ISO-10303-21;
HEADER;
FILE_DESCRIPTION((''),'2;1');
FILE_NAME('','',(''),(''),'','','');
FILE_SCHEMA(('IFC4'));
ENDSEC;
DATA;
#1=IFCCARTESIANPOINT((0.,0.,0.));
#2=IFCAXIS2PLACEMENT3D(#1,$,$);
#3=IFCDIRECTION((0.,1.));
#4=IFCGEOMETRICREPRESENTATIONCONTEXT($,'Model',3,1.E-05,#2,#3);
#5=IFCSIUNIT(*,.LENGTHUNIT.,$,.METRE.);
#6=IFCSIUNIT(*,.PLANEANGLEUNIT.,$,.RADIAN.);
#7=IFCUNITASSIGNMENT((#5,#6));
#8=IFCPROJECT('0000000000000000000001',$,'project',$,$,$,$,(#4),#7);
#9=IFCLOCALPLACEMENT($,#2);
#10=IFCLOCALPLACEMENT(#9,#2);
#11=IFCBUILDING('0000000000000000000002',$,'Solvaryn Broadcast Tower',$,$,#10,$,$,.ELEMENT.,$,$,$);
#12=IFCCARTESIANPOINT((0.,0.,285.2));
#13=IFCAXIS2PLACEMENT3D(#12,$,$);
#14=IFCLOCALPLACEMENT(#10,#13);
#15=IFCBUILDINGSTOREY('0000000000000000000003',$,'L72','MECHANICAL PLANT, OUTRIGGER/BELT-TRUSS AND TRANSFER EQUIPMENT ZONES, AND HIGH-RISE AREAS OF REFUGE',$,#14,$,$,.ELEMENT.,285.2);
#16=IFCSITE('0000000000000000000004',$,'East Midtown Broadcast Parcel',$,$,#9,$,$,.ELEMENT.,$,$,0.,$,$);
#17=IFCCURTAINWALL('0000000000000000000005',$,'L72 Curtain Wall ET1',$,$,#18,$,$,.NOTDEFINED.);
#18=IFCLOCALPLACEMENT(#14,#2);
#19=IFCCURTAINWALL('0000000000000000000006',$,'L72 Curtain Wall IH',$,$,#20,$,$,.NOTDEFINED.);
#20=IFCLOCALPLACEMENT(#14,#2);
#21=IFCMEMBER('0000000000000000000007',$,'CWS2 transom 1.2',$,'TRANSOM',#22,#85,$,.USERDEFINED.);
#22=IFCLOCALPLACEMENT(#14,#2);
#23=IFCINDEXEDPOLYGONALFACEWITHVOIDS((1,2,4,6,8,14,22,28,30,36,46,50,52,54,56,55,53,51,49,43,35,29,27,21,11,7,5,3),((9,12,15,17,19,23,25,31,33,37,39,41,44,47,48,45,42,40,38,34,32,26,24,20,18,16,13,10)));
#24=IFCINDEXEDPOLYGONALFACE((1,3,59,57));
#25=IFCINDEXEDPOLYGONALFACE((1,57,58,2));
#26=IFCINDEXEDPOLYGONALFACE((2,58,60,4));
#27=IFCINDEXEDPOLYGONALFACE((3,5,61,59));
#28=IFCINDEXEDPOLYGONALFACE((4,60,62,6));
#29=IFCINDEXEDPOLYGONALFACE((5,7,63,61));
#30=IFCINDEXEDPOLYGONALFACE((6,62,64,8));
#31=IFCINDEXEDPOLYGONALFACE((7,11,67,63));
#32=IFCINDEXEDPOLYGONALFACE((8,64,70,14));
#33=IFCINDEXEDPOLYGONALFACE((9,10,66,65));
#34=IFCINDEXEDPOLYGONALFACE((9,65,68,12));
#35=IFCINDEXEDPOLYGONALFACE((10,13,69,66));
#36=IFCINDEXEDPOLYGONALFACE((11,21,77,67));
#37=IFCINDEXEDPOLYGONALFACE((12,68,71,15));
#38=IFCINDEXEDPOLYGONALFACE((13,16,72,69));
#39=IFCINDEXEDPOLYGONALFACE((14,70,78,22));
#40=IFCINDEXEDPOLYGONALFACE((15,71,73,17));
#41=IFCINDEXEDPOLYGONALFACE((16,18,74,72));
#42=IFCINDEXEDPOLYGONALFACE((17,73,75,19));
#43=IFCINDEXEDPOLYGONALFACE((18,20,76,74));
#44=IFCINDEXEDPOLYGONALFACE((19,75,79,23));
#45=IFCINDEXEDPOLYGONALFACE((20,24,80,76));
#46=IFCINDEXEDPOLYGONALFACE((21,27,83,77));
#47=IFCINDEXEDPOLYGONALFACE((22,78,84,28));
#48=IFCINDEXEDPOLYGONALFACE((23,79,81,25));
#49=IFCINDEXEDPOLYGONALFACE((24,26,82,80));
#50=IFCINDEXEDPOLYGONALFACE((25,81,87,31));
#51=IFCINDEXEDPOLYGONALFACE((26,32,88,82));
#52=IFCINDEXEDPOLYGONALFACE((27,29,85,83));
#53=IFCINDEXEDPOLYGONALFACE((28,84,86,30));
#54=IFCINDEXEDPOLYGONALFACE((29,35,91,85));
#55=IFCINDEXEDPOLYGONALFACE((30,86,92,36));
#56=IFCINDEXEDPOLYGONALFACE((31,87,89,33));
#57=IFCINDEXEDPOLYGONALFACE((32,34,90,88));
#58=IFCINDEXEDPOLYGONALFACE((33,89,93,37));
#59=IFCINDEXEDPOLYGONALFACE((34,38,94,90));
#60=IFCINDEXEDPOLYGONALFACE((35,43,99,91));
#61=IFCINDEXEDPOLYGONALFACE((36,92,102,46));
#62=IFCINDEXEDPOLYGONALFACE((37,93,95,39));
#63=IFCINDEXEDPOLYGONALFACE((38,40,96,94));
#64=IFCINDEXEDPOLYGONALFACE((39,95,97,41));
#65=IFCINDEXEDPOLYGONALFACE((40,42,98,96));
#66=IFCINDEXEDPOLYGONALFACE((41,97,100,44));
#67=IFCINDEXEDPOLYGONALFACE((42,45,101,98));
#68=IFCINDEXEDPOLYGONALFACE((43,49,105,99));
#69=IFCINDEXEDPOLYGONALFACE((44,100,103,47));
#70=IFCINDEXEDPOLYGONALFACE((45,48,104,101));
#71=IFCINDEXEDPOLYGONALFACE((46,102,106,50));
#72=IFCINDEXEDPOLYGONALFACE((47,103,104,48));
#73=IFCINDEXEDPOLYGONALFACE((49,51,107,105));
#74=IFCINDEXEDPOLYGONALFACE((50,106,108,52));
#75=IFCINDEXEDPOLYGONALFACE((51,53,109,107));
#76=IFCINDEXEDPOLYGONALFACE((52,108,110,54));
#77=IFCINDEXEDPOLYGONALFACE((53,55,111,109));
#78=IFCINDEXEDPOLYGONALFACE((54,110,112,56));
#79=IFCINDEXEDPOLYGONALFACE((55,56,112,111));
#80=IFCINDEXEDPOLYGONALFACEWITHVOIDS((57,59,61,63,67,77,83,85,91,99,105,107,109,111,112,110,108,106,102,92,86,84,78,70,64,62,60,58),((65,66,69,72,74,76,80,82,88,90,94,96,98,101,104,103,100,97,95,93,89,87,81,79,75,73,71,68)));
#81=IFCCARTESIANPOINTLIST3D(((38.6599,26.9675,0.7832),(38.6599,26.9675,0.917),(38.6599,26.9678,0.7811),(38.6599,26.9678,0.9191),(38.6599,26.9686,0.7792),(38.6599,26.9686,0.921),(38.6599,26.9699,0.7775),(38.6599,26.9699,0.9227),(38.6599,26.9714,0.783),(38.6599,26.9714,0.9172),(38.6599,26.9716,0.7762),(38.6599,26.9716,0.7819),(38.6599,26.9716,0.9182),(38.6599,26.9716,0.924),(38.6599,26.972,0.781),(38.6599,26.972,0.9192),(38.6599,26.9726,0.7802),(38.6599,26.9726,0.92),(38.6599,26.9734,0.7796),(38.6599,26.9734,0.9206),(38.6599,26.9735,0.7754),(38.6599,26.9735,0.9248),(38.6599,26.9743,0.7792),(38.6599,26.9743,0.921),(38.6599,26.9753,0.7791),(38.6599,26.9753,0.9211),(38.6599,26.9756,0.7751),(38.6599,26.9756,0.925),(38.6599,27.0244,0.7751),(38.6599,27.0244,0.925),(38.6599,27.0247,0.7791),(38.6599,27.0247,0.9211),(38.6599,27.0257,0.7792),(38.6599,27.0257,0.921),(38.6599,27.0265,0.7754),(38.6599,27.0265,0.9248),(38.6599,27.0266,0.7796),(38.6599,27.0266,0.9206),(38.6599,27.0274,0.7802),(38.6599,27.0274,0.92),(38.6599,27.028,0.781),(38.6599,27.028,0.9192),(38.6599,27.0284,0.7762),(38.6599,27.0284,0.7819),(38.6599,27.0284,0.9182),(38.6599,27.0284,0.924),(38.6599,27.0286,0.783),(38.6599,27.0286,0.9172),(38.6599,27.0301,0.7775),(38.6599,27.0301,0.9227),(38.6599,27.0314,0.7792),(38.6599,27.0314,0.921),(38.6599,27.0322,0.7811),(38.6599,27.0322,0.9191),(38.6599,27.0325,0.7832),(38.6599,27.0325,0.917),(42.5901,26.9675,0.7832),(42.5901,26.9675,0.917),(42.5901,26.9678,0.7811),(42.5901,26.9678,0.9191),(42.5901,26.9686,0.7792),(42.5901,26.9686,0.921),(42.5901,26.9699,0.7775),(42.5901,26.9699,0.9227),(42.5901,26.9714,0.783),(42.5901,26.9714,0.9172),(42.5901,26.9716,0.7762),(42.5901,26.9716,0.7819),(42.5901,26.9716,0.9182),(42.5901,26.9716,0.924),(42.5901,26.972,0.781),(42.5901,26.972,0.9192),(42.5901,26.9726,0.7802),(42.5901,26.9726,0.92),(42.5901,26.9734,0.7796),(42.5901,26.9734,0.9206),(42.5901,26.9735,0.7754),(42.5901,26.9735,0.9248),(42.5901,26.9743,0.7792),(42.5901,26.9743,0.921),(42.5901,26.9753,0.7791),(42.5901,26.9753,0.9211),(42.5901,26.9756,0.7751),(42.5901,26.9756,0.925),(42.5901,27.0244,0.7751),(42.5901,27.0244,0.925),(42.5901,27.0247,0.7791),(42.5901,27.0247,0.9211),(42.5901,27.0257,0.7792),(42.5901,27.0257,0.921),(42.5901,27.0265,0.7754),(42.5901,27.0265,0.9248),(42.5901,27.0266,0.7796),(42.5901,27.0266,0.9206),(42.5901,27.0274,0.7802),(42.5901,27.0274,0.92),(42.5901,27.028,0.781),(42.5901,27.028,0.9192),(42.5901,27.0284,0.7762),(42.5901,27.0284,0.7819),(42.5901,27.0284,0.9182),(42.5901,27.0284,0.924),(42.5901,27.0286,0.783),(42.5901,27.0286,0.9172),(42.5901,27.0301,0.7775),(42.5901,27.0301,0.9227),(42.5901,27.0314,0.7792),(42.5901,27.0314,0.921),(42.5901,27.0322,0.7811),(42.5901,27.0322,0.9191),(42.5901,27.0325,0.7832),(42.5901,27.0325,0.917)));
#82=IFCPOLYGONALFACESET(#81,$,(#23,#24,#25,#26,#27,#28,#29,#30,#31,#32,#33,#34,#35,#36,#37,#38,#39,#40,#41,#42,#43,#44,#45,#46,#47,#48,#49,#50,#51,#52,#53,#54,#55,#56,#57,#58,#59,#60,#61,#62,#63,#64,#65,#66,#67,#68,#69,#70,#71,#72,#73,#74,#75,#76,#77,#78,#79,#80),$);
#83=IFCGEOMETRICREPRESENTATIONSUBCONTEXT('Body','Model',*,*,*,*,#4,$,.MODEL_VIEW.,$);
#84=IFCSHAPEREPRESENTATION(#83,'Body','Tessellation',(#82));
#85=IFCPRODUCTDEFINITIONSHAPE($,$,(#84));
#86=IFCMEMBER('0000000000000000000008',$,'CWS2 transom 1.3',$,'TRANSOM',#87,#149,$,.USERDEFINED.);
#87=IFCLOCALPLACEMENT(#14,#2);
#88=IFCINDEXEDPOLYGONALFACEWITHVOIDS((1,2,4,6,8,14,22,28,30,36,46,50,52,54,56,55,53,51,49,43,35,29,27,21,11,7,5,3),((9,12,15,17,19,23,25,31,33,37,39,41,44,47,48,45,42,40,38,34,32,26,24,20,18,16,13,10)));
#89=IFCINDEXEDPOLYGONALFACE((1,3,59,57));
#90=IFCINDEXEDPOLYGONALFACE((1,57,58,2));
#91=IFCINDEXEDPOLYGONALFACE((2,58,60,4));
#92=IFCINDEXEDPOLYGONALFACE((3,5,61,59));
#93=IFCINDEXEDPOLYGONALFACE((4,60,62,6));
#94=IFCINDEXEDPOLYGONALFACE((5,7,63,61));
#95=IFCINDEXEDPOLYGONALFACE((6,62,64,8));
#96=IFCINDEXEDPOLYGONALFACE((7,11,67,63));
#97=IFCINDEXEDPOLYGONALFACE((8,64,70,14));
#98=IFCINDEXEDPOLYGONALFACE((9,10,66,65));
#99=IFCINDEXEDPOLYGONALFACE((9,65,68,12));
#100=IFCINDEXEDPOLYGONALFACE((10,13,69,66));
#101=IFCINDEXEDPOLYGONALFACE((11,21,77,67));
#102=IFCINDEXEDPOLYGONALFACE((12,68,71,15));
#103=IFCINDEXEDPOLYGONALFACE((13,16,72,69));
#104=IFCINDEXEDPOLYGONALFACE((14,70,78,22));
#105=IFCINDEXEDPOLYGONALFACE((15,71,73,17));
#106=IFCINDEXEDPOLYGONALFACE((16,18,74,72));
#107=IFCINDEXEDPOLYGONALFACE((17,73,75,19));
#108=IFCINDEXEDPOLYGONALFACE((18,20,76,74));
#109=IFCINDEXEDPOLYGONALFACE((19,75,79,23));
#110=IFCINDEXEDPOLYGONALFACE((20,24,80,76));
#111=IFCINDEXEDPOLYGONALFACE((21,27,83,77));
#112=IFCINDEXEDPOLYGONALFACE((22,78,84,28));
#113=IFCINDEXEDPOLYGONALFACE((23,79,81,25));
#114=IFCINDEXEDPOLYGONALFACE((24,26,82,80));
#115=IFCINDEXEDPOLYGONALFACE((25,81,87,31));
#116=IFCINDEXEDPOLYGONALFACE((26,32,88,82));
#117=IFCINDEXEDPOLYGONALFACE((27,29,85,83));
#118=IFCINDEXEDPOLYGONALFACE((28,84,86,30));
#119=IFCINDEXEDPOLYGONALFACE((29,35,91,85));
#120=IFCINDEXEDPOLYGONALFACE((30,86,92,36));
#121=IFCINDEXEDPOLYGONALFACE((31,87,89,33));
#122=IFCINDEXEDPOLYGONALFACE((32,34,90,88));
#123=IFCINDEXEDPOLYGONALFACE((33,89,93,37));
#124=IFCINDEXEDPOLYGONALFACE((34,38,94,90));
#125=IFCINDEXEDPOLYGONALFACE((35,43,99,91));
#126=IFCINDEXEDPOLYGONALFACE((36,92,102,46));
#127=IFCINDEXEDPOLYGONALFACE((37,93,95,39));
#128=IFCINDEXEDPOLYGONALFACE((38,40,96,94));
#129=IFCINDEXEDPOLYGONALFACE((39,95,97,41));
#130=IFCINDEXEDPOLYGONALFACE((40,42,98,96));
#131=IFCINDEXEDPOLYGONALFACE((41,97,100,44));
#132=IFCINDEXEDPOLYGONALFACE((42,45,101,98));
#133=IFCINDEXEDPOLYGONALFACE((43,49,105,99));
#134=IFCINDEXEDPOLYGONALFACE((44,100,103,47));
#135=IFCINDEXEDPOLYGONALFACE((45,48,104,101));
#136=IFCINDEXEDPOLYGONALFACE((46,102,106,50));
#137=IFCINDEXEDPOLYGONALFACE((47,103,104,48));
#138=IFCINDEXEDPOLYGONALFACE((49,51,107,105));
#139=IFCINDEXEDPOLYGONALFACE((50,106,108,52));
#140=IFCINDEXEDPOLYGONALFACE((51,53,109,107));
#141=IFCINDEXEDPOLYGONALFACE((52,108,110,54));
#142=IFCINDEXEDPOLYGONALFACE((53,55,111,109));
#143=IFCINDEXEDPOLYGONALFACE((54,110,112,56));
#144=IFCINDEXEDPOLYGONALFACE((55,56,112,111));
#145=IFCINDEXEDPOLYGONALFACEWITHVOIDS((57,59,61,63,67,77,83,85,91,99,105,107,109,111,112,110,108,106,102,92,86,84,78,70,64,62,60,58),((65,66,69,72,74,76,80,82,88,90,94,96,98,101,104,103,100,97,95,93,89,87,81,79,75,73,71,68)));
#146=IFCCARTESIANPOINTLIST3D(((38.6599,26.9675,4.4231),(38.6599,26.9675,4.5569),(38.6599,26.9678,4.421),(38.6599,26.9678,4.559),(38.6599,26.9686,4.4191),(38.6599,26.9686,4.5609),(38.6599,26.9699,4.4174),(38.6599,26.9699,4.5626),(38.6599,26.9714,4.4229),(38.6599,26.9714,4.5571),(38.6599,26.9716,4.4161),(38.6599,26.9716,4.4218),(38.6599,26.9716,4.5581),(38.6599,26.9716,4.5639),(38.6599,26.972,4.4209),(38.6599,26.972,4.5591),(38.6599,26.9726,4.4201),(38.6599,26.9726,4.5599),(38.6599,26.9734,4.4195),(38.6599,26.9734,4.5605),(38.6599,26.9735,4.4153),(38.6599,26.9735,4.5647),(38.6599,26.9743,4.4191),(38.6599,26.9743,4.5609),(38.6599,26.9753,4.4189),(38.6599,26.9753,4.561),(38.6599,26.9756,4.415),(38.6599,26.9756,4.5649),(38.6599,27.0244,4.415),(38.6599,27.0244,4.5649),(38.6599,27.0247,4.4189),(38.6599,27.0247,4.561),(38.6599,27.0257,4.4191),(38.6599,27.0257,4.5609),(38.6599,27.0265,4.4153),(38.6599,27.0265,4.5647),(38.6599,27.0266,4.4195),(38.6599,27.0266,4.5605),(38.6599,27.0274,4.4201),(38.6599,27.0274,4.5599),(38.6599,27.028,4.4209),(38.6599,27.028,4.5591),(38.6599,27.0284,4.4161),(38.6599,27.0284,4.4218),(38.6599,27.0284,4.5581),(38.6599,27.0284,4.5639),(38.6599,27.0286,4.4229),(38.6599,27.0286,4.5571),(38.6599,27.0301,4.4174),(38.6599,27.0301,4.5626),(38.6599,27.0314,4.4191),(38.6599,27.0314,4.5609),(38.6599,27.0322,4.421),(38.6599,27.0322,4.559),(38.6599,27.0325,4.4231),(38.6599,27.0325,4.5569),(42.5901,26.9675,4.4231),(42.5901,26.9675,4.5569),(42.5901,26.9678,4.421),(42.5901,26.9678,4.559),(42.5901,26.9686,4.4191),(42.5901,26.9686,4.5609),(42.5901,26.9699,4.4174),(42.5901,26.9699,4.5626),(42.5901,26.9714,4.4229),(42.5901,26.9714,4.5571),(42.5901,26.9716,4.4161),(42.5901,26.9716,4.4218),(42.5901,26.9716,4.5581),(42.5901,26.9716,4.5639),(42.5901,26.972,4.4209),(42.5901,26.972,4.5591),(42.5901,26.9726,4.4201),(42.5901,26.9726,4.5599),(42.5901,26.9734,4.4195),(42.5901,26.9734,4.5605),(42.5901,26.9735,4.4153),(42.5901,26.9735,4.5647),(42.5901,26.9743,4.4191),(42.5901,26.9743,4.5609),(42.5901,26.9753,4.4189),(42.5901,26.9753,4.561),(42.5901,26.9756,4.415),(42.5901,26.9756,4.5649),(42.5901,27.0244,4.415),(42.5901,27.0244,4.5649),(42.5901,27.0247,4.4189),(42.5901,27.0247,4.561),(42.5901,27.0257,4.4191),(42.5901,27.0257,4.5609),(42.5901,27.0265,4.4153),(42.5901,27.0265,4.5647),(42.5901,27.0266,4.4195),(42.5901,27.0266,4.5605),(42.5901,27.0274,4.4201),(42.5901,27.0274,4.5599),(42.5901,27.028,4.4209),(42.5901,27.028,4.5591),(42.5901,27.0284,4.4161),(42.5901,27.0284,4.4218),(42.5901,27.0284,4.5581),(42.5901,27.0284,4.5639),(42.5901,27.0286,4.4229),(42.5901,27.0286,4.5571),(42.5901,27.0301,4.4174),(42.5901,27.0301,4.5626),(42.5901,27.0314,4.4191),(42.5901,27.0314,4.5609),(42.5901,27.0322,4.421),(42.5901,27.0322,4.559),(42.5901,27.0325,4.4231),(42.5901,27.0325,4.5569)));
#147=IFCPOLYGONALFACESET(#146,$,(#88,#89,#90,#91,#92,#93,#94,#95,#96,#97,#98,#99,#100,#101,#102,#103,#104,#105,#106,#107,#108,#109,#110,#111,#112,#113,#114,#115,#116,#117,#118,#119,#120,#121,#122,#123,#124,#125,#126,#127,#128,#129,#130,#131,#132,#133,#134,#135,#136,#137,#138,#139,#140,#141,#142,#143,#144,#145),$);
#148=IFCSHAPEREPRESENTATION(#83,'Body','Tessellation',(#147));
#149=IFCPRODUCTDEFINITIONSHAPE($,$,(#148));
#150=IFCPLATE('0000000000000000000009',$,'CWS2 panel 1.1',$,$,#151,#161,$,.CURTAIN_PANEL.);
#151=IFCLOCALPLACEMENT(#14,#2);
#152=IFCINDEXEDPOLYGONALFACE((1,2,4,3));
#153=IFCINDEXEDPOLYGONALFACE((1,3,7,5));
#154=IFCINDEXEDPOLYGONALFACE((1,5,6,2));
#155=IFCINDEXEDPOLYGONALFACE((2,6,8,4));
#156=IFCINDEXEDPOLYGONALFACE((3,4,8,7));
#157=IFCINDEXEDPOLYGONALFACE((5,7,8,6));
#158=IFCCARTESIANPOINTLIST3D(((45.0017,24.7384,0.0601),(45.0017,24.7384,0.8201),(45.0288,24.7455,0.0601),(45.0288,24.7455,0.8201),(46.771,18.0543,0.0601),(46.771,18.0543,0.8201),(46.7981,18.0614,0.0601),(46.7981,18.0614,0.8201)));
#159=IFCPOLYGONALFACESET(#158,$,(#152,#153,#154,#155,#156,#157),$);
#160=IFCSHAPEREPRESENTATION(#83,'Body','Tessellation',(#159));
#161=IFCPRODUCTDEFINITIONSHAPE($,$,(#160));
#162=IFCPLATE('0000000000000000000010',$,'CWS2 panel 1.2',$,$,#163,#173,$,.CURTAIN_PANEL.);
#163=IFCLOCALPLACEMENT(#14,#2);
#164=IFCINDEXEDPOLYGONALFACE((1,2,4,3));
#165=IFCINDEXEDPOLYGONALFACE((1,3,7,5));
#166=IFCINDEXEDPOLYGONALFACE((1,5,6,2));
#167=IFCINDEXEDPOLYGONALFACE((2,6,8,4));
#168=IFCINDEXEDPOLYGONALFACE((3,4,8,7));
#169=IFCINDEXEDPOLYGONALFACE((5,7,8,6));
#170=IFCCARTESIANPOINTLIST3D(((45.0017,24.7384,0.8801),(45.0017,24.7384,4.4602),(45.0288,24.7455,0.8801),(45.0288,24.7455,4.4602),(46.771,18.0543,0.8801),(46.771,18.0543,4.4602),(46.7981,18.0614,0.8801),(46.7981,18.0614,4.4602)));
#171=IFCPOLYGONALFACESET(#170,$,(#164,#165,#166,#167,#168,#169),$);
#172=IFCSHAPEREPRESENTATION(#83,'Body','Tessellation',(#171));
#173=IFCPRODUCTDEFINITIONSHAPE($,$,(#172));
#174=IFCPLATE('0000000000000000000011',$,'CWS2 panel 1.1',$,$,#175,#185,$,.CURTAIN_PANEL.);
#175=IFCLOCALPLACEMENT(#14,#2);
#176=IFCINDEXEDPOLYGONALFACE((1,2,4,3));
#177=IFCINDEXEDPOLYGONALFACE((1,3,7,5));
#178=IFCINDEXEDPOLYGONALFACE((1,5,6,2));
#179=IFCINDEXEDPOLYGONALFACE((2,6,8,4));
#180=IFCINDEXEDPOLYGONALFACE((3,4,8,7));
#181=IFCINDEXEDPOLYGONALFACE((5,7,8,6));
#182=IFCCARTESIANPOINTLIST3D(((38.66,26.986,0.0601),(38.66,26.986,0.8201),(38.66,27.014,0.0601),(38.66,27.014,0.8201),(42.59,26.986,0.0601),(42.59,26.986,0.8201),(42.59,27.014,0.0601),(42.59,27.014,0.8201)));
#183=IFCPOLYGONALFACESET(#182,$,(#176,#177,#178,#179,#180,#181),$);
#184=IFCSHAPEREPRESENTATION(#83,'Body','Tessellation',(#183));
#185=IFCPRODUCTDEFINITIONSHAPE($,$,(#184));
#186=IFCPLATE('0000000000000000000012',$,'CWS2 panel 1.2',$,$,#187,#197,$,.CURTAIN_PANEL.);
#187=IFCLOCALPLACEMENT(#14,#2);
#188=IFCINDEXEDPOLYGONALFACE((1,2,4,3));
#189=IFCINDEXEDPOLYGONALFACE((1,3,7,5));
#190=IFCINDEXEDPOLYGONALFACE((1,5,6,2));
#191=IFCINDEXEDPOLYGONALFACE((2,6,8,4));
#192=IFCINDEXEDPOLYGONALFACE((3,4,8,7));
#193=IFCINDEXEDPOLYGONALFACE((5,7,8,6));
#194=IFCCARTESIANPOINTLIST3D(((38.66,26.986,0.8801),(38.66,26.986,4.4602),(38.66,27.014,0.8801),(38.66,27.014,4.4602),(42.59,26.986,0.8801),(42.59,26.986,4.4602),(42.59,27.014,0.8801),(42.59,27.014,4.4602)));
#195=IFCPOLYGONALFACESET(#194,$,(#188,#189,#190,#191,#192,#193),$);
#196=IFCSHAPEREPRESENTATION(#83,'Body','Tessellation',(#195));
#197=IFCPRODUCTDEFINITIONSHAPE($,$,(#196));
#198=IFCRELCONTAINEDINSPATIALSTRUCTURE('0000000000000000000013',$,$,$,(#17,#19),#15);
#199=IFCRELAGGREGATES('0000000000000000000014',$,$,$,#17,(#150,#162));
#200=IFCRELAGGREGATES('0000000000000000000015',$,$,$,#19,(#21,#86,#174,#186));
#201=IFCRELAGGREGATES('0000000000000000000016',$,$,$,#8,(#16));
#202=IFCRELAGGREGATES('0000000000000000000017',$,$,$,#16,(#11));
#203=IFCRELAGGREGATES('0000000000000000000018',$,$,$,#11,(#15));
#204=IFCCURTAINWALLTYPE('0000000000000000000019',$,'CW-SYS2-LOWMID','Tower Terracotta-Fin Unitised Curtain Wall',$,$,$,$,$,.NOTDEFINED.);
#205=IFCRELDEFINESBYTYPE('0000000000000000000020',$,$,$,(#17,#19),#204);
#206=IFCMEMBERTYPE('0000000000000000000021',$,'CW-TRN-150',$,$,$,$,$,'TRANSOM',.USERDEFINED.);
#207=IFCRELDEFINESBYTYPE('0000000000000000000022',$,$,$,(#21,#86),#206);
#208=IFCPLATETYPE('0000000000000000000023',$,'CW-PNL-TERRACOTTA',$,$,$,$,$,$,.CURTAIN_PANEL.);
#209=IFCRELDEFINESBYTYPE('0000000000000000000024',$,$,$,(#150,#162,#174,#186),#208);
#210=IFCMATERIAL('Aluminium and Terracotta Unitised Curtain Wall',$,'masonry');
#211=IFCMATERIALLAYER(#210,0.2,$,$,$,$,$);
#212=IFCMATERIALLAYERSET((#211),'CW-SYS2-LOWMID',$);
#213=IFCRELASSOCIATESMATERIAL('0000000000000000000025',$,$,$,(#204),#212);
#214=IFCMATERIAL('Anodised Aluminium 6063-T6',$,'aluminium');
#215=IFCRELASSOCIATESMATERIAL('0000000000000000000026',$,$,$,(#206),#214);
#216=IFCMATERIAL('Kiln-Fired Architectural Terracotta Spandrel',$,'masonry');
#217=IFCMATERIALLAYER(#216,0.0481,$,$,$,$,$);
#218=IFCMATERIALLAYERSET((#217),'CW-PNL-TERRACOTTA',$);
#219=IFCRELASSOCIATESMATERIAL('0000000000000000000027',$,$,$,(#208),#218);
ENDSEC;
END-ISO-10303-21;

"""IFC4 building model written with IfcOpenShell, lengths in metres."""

from ifc_helpers import new_model, si_unit, direction, frame, origin, origin_2d, place, context, subcontext, project, spatial, rectangle, hollow_rectangle, extrude, material, layer, layer_set, material_profile, profile_set, type_object, element, aggregate, save


model = new_model("IFC4")

# Units and contexts
model_context = context("Model", 3, precision=1e-05, world=origin(), true_north=direction((0.0, 1.0)))
body_context = subcontext(model_context, "Body", "Model", "MODEL_VIEW")
ifc_project = project(units=[si_unit("LENGTHUNIT", "METRE"), si_unit("PLANEANGLEUNIT", "RADIAN")], contexts=[model_context])

# Site, building, storey
site_placement = place(None, origin())
site = spatial("IfcSite", under=ifc_project, at=site_placement, Name="East Midtown Broadcast Parcel", CompositionType="ELEMENT", RefElevation=0.0)
building_placement = place(site_placement, origin())
building = spatial("IfcBuilding", under=site, at=building_placement, Name="Solvaryn Broadcast Tower", CompositionType="ELEMENT")
storey_placement = place(building_placement, frame((0.0, 0.0, 285.2)))
storey = spatial("IfcBuildingStorey", under=building, at=storey_placement, Name="L72", Description="MECHANICAL PLANT, OUTRIGGER/BELT-TRUSS AND TRANSFER EQUIPMENT ZONES, AND HIGH-RISE AREAS OF REFUGE", CompositionType="ELEMENT", Elevation=285.2)

# Curtain wall
ifc_material_1 = material(Name="Aluminium and Terracotta Unitised Curtain Wall", Category="masonry")
ifc_layer_1 = layer(ifc_material_1, 0.2)
ifc_layer_set_1 = layer_set([ifc_layer_1], Name="CW-SYS2-LOWMID")
curtain_wall_type = type_object("IfcCurtainWallType", Name="CW-SYS2-LOWMID", Description="Tower Terracotta-Fin Unitised Curtain Wall", PredefinedType="NOTDEFINED", material=ifc_layer_set_1)
curtain_wall_1_placement = place(storey_placement, origin())
curtain_wall_1 = element("IfcCurtainWall", 1, at=curtain_wall_1_placement, inside=storey, type_object=curtain_wall_type, Name="L72 Curtain Wall ET1", PredefinedType="NOTDEFINED")

# Curtain wall
curtain_wall_2_placement = place(storey_placement, origin())
curtain_wall_2 = element("IfcCurtainWall", 2, at=curtain_wall_2_placement, inside=storey, type_object=curtain_wall_type, Name="L72 Curtain Wall IH", PredefinedType="NOTDEFINED")

# Members
ifc_material_2 = material(Name="Anodised Aluminium 6063-T6", Category="aluminium")
ifc_material_profile_1 = material_profile(ifc_material_2, hollow_rectangle(XDim=0.0649, YDim=0.1499, WallThickness=0.0039, InnerFilletRadius=0.0039, OuterFilletRadius=0.0081, at=origin_2d()))
ifc_profile_set_1 = profile_set([ifc_material_profile_1], Name="Anodised Aluminium 6063-T6")
member_type_1 = type_object("IfcMemberType", Name="CW-TRN-150", ElementType="TRANSOM", PredefinedType="USERDEFINED", material=ifc_profile_set_1)
member_1_placement = place(storey_placement, frame((38.6599, 27.0, 0.8501), z_axis=(1.0, 0.0, 0.0), x_axis=(0.0, 1.0, 0.0)))
member_1 = element("IfcMember", 3, at=member_1_placement, type_object=member_type_1, Name="CWS2 transom 1.2", ObjectType="TRANSOM", PredefinedType="USERDEFINED", context=body_context, shape_type="SweptSolid", body=[
    extrude(hollow_rectangle(XDim=0.0649, YDim=0.1499, WallThickness=0.0039, InnerFilletRadius=0.0039, OuterFilletRadius=0.0081, at=origin_2d()), origin(), (0.0, 0.0, 1.0), 3.9302),
])
member_2_placement = place(storey_placement, frame((38.6599, 27.0, 4.49), z_axis=(1.0, 0.0, 0.0), x_axis=(0.0, 1.0, 0.0)))
member_2 = element("IfcMember", 4, at=member_2_placement, type_object=member_type_1, Name="CWS2 transom 1.3", ObjectType="TRANSOM", PredefinedType="USERDEFINED", context=body_context, shape_type="SweptSolid", body=[
    extrude(hollow_rectangle(XDim=0.0649, YDim=0.1499, WallThickness=0.0039, InnerFilletRadius=0.0039, OuterFilletRadius=0.0081, at=origin_2d()), origin(), (0.0, 0.0, 1.0), 3.9302),
])

# Plates
ifc_material_3 = material(Name="Kiln-Fired Architectural Terracotta Spandrel", Category="masonry")
ifc_layer_2 = layer(ifc_material_3, 0.0481)
ifc_layer_set_2 = layer_set([ifc_layer_2], Name="CW-PNL-TERRACOTTA")
plate_type = type_object("IfcPlateType", Name="CW-PNL-TERRACOTTA", PredefinedType="CURTAIN_PANEL", material=ifc_layer_set_2)
plate_1_placement = place(storey_placement, frame((45.8999, 21.3999, 0.0601), z_axis=(0.0, 0.0, 1.0), x_axis=(0.255893, -0.966705, 0.0)))
plate_1 = element("IfcPlate", 5, at=plate_1_placement, type_object=plate_type, Name="CWS2 panel 1.1", PredefinedType="CURTAIN_PANEL", context=body_context, shape_type="SweptSolid", body=[
    extrude(rectangle(XDim=6.9143, YDim=0.0281, at=origin_2d()), origin(), (0.0, 0.0, 1.0), 0.76),
])
plate_2_placement = place(storey_placement, frame((45.8999, 21.3999, 0.8801), z_axis=(0.0, 0.0, 1.0), x_axis=(0.255893, -0.966705, 0.0)))
plate_2 = element("IfcPlate", 6, at=plate_2_placement, type_object=plate_type, Name="CWS2 panel 1.2", PredefinedType="CURTAIN_PANEL", context=body_context, shape_type="SweptSolid", body=[
    extrude(rectangle(XDim=6.9143, YDim=0.0281, at=origin_2d()), origin(), (0.0, 0.0, 1.0), 3.5801),
])
aggregate(curtain_wall_1, [plate_1, plate_2])
plate_3_placement = place(storey_placement, frame((40.625, 27.0, 0.0601), z_axis=(0.0, 0.0, 1.0), x_axis=(1.0, 0.0, 0.0)))
plate_3 = element("IfcPlate", 7, at=plate_3_placement, type_object=plate_type, Name="CWS2 panel 1.1", PredefinedType="CURTAIN_PANEL", context=body_context, shape_type="SweptSolid", body=[
    extrude(rectangle(XDim=3.9299, YDim=0.0281, at=origin_2d()), origin(), (0.0, 0.0, 1.0), 0.76),
])
plate_4_placement = place(storey_placement, frame((40.625, 27.0, 0.8801), z_axis=(0.0, 0.0, 1.0), x_axis=(1.0, 0.0, 0.0)))
plate_4 = element("IfcPlate", 8, at=plate_4_placement, type_object=plate_type, Name="CWS2 panel 1.2", PredefinedType="CURTAIN_PANEL", context=body_context, shape_type="SweptSolid", body=[
    extrude(rectangle(XDim=3.9299, YDim=0.0281, at=origin_2d()), origin(), (0.0, 0.0, 1.0), 3.5801),
])
aggregate(curtain_wall_2, [member_1, member_2, plate_3, plate_4])

save(model, "model.ifc")
